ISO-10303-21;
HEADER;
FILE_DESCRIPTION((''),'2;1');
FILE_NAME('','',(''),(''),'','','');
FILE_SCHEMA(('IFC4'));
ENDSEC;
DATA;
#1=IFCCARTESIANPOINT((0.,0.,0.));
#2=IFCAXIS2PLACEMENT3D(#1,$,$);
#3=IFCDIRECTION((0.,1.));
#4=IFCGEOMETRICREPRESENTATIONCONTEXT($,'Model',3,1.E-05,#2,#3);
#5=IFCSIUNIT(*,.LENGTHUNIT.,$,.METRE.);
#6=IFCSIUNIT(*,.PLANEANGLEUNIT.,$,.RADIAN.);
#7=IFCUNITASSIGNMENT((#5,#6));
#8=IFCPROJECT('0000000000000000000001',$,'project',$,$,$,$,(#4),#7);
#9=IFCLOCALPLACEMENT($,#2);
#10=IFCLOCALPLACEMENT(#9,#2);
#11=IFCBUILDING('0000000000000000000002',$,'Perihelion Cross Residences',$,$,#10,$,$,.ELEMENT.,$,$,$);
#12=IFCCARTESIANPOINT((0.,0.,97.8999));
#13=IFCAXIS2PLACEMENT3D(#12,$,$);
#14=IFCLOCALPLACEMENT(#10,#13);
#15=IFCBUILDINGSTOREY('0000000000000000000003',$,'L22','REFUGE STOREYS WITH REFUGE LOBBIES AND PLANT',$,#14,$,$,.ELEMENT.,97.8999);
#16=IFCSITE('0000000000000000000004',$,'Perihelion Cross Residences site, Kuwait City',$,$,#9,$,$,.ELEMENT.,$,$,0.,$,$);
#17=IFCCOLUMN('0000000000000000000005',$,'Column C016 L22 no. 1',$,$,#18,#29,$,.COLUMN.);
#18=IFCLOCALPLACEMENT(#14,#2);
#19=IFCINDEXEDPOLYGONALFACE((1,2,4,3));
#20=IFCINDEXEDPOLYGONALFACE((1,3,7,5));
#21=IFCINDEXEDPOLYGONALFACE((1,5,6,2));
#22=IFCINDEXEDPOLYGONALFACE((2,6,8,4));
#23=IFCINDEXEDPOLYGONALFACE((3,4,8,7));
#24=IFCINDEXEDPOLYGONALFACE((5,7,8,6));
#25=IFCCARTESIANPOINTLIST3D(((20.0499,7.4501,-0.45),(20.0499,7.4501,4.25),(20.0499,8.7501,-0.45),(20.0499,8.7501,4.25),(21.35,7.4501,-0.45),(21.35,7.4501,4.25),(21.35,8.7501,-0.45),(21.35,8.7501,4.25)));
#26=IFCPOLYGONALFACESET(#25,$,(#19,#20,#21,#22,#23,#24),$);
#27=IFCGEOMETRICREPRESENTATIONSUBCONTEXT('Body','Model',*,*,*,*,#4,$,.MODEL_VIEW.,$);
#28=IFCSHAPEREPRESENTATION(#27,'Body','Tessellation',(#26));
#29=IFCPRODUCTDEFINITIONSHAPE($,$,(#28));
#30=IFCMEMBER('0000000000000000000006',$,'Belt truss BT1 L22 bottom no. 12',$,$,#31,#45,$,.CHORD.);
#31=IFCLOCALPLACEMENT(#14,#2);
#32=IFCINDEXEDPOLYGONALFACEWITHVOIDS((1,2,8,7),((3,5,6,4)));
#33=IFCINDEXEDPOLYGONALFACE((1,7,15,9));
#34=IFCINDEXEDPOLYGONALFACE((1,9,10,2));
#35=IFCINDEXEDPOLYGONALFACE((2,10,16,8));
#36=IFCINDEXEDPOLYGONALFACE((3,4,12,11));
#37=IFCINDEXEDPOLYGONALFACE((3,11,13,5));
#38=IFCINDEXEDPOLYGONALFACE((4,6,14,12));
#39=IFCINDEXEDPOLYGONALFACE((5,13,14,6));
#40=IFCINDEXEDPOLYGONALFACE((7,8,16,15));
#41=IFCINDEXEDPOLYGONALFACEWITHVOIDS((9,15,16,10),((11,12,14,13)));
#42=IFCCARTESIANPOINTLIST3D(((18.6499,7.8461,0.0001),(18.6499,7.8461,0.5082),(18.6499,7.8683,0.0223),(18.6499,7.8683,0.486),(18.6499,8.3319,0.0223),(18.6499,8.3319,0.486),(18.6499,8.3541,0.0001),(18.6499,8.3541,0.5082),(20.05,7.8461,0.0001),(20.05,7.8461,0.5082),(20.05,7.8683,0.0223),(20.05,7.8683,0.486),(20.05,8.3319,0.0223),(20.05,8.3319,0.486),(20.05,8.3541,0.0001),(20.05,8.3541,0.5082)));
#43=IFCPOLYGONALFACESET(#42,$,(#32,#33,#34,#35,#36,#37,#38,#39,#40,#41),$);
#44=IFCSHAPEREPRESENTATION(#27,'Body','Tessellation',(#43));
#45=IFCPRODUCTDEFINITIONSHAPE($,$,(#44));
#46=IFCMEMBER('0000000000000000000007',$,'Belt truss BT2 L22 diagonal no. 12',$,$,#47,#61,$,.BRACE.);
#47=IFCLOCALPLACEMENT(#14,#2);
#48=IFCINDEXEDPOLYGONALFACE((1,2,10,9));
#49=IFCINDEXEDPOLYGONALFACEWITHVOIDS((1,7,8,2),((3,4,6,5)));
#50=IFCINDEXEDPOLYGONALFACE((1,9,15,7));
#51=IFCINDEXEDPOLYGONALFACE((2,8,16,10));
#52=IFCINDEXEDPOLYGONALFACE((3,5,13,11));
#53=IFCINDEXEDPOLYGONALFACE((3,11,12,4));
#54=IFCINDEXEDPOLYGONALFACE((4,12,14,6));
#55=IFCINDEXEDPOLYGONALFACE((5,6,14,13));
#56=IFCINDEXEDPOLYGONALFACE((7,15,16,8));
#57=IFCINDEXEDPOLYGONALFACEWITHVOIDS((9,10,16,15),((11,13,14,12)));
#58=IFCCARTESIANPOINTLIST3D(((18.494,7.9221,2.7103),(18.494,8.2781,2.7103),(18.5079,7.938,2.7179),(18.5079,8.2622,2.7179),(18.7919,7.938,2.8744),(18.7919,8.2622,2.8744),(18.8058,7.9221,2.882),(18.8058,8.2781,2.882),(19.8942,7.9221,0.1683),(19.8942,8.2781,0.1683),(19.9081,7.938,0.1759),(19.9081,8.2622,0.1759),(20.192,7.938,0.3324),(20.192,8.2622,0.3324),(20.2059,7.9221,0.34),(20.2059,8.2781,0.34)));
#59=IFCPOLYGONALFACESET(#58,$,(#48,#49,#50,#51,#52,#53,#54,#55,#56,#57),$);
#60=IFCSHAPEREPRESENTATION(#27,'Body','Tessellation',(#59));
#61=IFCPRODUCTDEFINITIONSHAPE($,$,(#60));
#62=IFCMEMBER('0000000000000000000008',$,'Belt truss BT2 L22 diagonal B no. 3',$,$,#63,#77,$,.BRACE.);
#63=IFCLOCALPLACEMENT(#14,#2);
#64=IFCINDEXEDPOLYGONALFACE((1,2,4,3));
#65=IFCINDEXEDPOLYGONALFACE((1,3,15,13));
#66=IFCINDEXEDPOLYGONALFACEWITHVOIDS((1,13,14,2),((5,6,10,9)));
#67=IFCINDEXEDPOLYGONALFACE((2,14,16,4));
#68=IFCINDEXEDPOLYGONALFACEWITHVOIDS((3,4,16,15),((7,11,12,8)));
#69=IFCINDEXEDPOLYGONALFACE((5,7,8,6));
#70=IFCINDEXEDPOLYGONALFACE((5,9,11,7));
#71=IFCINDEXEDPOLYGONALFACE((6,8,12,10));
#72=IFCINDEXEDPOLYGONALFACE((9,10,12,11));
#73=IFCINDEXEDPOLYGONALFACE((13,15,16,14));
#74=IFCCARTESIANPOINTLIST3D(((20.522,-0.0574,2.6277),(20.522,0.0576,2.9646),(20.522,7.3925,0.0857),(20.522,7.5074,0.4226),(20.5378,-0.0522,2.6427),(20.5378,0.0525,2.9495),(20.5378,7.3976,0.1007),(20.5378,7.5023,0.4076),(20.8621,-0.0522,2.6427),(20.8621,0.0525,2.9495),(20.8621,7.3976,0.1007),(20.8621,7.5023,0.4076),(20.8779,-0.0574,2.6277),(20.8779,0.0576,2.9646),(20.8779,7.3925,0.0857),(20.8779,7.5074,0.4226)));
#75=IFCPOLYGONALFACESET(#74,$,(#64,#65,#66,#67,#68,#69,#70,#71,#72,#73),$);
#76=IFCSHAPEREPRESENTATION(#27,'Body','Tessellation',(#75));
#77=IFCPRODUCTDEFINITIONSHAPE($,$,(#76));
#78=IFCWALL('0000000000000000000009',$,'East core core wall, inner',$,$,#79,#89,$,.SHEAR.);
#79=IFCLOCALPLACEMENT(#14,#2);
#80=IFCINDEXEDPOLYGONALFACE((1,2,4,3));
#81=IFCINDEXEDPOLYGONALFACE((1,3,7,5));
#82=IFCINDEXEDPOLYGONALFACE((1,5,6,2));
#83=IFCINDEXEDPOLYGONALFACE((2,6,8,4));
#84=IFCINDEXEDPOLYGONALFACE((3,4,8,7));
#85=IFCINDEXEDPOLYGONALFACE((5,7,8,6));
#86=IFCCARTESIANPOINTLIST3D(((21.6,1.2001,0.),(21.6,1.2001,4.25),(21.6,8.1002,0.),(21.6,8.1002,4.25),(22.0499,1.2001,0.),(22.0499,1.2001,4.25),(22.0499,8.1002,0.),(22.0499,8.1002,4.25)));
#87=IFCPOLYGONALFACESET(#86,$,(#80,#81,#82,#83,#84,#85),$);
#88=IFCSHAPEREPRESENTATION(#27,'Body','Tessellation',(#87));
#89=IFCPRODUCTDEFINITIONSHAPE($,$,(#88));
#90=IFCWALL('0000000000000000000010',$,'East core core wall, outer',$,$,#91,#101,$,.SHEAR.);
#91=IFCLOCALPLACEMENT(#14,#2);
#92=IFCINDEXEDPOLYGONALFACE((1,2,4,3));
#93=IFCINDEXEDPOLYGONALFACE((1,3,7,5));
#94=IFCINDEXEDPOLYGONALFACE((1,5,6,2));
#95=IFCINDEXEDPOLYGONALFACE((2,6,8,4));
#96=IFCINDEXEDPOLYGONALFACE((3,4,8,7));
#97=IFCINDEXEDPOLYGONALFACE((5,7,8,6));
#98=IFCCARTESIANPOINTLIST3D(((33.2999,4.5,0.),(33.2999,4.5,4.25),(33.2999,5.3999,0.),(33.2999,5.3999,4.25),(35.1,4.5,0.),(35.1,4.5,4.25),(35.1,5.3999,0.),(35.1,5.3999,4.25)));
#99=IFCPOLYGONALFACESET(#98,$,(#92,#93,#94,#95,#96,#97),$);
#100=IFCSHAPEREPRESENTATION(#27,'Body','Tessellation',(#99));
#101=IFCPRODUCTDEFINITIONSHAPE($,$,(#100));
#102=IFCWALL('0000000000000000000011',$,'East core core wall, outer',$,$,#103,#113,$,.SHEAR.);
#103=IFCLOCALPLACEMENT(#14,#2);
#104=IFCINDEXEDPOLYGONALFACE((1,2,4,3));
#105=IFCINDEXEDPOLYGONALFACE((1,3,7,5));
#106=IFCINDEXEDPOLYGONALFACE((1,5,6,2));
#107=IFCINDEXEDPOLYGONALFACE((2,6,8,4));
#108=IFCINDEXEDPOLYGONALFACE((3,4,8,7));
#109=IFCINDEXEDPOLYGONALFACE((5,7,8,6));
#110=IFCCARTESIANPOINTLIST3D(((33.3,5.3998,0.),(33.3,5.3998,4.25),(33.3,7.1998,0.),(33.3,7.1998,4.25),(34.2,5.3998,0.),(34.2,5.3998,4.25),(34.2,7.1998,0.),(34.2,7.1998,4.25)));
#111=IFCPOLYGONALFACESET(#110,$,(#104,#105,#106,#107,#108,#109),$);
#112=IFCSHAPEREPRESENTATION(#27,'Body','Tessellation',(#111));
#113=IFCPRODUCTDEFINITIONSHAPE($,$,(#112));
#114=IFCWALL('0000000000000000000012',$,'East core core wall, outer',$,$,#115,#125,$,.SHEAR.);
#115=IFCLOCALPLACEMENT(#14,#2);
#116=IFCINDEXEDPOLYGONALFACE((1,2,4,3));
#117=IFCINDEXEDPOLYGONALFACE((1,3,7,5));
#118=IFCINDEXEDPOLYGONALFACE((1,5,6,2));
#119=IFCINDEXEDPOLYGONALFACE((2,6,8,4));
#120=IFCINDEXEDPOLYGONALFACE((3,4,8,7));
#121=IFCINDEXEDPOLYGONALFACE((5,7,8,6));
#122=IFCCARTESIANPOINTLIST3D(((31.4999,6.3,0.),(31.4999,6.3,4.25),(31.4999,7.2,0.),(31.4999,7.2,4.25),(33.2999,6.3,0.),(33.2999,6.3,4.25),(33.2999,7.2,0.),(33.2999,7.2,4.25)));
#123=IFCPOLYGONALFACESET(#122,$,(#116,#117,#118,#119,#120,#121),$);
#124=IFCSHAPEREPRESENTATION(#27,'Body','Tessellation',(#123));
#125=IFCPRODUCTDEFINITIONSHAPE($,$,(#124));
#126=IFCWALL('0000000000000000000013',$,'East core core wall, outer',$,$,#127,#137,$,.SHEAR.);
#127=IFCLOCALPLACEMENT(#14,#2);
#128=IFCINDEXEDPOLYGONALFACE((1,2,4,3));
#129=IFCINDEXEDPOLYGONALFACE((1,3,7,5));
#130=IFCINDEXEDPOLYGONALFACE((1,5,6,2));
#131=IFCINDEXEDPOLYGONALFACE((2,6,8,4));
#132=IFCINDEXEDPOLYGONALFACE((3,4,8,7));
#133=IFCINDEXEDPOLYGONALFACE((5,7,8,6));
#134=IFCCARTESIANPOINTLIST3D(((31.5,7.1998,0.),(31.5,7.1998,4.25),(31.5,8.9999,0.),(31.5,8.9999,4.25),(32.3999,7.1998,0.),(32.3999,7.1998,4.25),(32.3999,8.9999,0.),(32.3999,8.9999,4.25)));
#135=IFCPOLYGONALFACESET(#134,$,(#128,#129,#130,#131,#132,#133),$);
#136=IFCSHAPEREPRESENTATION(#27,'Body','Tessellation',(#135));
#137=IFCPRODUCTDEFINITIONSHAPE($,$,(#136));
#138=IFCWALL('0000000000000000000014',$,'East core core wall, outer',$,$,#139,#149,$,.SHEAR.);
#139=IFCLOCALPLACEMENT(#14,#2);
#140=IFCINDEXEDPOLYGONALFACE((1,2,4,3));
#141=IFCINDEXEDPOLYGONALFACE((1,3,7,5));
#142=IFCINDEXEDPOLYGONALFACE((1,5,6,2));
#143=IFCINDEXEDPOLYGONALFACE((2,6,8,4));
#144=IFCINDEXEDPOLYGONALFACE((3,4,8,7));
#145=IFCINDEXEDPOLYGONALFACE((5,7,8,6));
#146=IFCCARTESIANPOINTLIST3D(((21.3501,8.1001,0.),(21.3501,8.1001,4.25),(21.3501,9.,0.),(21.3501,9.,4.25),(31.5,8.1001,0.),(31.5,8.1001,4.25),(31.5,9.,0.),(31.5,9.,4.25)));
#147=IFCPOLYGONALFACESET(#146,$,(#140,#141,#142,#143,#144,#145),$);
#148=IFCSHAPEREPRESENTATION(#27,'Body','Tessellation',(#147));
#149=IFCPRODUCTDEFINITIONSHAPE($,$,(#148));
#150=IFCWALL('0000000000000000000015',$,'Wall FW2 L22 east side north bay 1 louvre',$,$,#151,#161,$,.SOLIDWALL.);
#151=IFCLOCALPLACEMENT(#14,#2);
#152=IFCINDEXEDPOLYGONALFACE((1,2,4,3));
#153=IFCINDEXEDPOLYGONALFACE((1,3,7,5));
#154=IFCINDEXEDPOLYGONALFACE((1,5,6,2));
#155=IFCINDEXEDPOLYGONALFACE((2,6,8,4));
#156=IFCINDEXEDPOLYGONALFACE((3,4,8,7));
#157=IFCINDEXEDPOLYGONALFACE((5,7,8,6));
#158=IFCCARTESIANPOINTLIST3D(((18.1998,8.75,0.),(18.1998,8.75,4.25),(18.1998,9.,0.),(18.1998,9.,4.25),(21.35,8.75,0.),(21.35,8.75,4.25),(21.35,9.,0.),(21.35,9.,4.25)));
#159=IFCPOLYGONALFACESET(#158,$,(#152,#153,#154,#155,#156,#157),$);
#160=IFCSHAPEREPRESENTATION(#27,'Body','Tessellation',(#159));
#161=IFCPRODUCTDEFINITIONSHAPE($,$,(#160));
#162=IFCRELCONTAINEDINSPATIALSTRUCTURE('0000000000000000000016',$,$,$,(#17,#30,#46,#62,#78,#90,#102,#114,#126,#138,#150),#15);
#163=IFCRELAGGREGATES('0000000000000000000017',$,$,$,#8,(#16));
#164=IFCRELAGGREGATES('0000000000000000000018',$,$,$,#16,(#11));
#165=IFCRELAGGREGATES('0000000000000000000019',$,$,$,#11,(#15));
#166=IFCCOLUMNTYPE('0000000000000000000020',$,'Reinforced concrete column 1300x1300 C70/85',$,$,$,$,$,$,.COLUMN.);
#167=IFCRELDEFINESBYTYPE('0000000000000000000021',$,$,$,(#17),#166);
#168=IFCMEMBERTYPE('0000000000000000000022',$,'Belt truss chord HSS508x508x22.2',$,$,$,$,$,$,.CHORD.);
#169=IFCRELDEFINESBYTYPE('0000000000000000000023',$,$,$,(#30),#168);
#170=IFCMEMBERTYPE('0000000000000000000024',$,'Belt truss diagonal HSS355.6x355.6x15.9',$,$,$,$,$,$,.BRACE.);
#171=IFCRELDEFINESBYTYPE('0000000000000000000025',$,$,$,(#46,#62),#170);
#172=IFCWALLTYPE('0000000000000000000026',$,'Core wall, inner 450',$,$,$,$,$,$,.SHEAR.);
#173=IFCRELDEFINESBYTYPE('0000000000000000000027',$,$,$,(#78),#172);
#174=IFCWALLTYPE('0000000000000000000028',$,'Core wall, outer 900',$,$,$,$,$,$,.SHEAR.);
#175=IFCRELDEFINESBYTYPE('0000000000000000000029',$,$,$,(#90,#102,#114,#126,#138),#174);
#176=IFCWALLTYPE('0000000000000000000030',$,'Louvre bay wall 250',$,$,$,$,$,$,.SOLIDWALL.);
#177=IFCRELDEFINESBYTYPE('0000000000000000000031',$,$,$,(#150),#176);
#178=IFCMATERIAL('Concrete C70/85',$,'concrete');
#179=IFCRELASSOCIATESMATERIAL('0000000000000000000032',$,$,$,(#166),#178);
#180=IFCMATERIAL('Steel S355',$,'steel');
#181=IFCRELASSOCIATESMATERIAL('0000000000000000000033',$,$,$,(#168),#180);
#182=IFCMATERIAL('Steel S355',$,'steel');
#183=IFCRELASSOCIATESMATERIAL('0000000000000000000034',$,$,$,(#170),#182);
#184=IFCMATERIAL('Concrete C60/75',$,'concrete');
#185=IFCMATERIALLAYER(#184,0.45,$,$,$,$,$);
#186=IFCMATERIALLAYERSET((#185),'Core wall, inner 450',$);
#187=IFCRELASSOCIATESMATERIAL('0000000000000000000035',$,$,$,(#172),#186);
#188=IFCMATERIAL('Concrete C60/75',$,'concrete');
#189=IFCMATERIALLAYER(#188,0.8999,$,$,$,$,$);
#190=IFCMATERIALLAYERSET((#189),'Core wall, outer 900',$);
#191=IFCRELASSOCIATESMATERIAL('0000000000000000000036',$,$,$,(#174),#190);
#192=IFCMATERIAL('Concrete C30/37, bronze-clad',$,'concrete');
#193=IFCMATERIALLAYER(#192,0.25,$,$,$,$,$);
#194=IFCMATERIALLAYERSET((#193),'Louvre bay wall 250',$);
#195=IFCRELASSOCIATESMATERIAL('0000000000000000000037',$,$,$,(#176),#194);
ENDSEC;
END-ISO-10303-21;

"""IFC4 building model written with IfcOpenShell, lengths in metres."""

from ifc_helpers import new_model, si_unit, direction, frame, frame_2d, origin, origin_2d, place, context, subcontext, project, spatial, rectangle, hollow_rectangle, extrude, material, layer, layer_set, material_profile, profile_set, type_object, element, save


model = new_model("IFC4")

# Units and contexts
model_context = context("Model", 3, precision=1e-05, world=origin(), true_north=direction((0.0, 1.0)))
body_context = subcontext(model_context, "Body", "Model", "MODEL_VIEW")
ifc_project = project(units=[si_unit("LENGTHUNIT", "METRE"), si_unit("PLANEANGLEUNIT", "RADIAN")], contexts=[model_context])

# Site, building, storey
site_placement = place(None, origin())
site = spatial("IfcSite", under=ifc_project, at=site_placement, Name="Perihelion Cross Residences site, Kuwait City", CompositionType="ELEMENT", RefElevation=0.0)
building_placement = place(site_placement, origin())
building = spatial("IfcBuilding", under=site, at=building_placement, Name="Perihelion Cross Residences", CompositionType="ELEMENT")
storey_placement = place(building_placement, frame((0.0, 0.0, 97.8999)))
storey = spatial("IfcBuildingStorey", under=building, at=storey_placement, Name="L22", Description="REFUGE STOREYS WITH REFUGE LOBBIES AND PLANT", CompositionType="ELEMENT", Elevation=97.8999)

# Column
ifc_material_1 = material(Name="Concrete C70/85", Category="concrete")
ifc_material_profile_1 = material_profile(ifc_material_1, rectangle(XDim=1.3, YDim=1.3, at=origin_2d()), Name="RC 1300x1300")
ifc_profile_set_1 = profile_set([ifc_material_profile_1], Name="Concrete C70/85")
column_type = type_object("IfcColumnType", Name="Reinforced concrete column 1300x1300 C70/85", PredefinedType="COLUMN", material=ifc_profile_set_1)
column_placement = place(storey_placement, frame((20.7, 8.1001, -0.45), z_axis=(0.0, 0.0, 1.0), x_axis=(1.0, 0.0, 0.0)))
element("IfcColumn", 1, at=column_placement, inside=storey, type_object=column_type, Name="Column C016 L22 no. 1", PredefinedType="COLUMN", context=body_context, shape_type="SweptSolid", body=[
    extrude(rectangle(XDim=1.3, YDim=1.3, at=origin_2d()), origin(), (0.0, 0.0, 1.0), 4.7),
])

# Members
ifc_material_2 = material(Name="Steel S355", Category="steel")
ifc_material_profile_2 = material_profile(ifc_material_2, hollow_rectangle(XDim=0.5081, YDim=0.5081, WallThickness=0.0222, at=origin_2d()), Name="HSS508x508x22.2")
ifc_profile_set_2 = profile_set([ifc_material_profile_2], Name="Steel S355")
member_type_1 = type_object("IfcMemberType", Name="Belt truss chord HSS508x508x22.2", PredefinedType="CHORD", material=ifc_profile_set_2)
member_1_placement = place(storey_placement, frame((20.05, 8.1001, 0.2542), z_axis=(-1.0, 0.0, 0.0), x_axis=(0.0, -1.0, 0.0)))
element("IfcMember", 2, at=member_1_placement, inside=storey, type_object=member_type_1, Name="Belt truss BT1 L22 bottom no. 12", PredefinedType="CHORD", context=body_context, shape_type="SweptSolid", body=[
    extrude(hollow_rectangle(XDim=0.5081, YDim=0.5081, WallThickness=0.0222, at=origin_2d()), origin(), (0.0, 0.0, 1.0), 1.4001),
])
ifc_material_3 = material(Name="Steel S355", Category="steel")
ifc_material_profile_3 = material_profile(ifc_material_3, hollow_rectangle(XDim=0.356, YDim=0.356, WallThickness=0.0159, at=origin_2d()), Name="HSS355.6x355.6x15.9")
ifc_profile_set_3 = profile_set([ifc_material_profile_3], Name="Steel S355")
member_type_2 = type_object("IfcMemberType", Name="Belt truss diagonal HSS355.6x355.6x15.9", PredefinedType="BRACE", material=ifc_profile_set_3)
member_2_placement = place(storey_placement, frame((20.05, 8.1001, 0.2542), z_axis=(-0.482461, 0.0, 0.875917), x_axis=(0.0, -1.0, 0.0)))
element("IfcMember", 3, at=member_2_placement, inside=storey, type_object=member_type_2, Name="Belt truss BT2 L22 diagonal no. 12", PredefinedType="BRACE", context=body_context, shape_type="SweptSolid", body=[
    extrude(hollow_rectangle(XDim=0.356, YDim=0.356, WallThickness=0.0159, at=origin_2d()), origin(), (0.0, 0.0, 1.0), 2.9021),
])
member_3_placement = place(storey_placement, frame((20.7, 7.45, 0.2542), z_axis=(0.0, -0.946423, 0.322928), x_axis=(1.0, 0.0, 0.0)))
element("IfcMember", 4, at=member_3_placement, inside=storey, type_object=member_type_2, Name="Belt truss BT2 L22 diagonal B no. 3", PredefinedType="BRACE", context=body_context, shape_type="SweptSolid", body=[
    extrude(hollow_rectangle(XDim=0.356, YDim=0.356, WallThickness=0.0159, at=origin_2d()), origin(), (0.0, 0.0, 1.0), 7.8716),
])

# Walls
ifc_material_4 = material(Name="Concrete C60/75", Category="concrete")
ifc_layer_1 = layer(ifc_material_4, 0.45)
ifc_layer_set_1 = layer_set([ifc_layer_1], Name="Core wall, inner 450")
wall_type_1 = type_object("IfcWallType", Name="Core wall, inner 450", PredefinedType="SHEAR", material=ifc_layer_set_1)
wall_1_placement = place(storey_placement, frame((21.825, 1.2, 0.0), z_axis=(0.0, 0.0, 1.0), x_axis=(0.0, 1.0, 0.0)))
element("IfcWall", 5, at=wall_1_placement, inside=storey, type_object=wall_type_1, Name="East core core wall, inner", PredefinedType="SHEAR", context=body_context, shape_type="SweptSolid", body=[
    extrude(rectangle(XDim=6.9001, YDim=0.45, at=frame_2d((3.4502, 0.0))), origin(), (0.0, 0.0, 1.0), 4.25),
])
ifc_material_5 = material(Name="Concrete C60/75", Category="concrete")
ifc_layer_2 = layer(ifc_material_5, 0.8999)
ifc_layer_set_2 = layer_set([ifc_layer_2], Name="Core wall, outer 900")
wall_type_2 = type_object("IfcWallType", Name="Core wall, outer 900", PredefinedType="SHEAR", material=ifc_layer_set_2)
for number, where, z_axis, x_axis, name in (
    (6, (33.3, 4.95, 0.0), (0.0, 0.0, 1.0), (1.0, 0.0, 0.0), "East core core wall, outer"),
    (7, (33.75, 5.3999, 0.0), (0.0, 0.0, 1.0), (0.0, 1.0, 0.0), "East core core wall, outer"),
    (8, (31.5, 6.75, 0.0), (0.0, 0.0, 1.0), (1.0, 0.0, 0.0), "East core core wall, outer"),
    (9, (31.95, 7.2, 0.0), (0.0, 0.0, 1.0), (0.0, 1.0, 0.0), "East core core wall, outer"),
):
    element("IfcWall", number, at=place(storey_placement, frame(where, z_axis=z_axis, x_axis=x_axis)), inside=storey, type_object=wall_type_2, Name=name, PredefinedType="SHEAR", context=body_context, shape_type="SweptSolid", body=[
        extrude(rectangle(XDim=1.8, YDim=0.8999, at=frame_2d((0.8999, 0.0))), origin(), (0.0, 0.0, 1.0), 4.25),
    ])
wall_2_placement = place(storey_placement, frame((21.3501, 8.55, 0.0), z_axis=(0.0, 0.0, 1.0), x_axis=(1.0, 0.0, 0.0)))
element("IfcWall", 10, at=wall_2_placement, inside=storey, type_object=wall_type_2, Name="East core core wall, outer", PredefinedType="SHEAR", context=body_context, shape_type="SweptSolid", body=[
    extrude(rectangle(XDim=10.1499, YDim=0.8999, at=frame_2d((5.075, 0.0))), origin(), (0.0, 0.0, 1.0), 4.25),
])
ifc_material_6 = material(Name="Concrete C30/37, bronze-clad", Category="concrete")
ifc_layer_3 = layer(ifc_material_6, 0.25)
ifc_layer_set_3 = layer_set([ifc_layer_3], Name="Louvre bay wall 250")
wall_type_3 = type_object("IfcWallType", Name="Louvre bay wall 250", PredefinedType="SOLIDWALL", material=ifc_layer_set_3)
wall_3_placement = place(storey_placement, frame((21.3501, 8.875, 0.0), z_axis=(0.0, 0.0, 1.0), x_axis=(-1.0, 0.0, 0.0)))
element("IfcWall", 11, at=wall_3_placement, inside=storey, type_object=wall_type_3, Name="Wall FW2 L22 east side north bay 1 louvre", PredefinedType="SOLIDWALL", context=body_context, shape_type="SweptSolid", body=[
    extrude(rectangle(XDim=3.1501, YDim=0.25, at=frame_2d((1.5752, 0.0))), origin(), (0.0, 0.0, 1.0), 4.25),
])

save(model, "model.ifc")
